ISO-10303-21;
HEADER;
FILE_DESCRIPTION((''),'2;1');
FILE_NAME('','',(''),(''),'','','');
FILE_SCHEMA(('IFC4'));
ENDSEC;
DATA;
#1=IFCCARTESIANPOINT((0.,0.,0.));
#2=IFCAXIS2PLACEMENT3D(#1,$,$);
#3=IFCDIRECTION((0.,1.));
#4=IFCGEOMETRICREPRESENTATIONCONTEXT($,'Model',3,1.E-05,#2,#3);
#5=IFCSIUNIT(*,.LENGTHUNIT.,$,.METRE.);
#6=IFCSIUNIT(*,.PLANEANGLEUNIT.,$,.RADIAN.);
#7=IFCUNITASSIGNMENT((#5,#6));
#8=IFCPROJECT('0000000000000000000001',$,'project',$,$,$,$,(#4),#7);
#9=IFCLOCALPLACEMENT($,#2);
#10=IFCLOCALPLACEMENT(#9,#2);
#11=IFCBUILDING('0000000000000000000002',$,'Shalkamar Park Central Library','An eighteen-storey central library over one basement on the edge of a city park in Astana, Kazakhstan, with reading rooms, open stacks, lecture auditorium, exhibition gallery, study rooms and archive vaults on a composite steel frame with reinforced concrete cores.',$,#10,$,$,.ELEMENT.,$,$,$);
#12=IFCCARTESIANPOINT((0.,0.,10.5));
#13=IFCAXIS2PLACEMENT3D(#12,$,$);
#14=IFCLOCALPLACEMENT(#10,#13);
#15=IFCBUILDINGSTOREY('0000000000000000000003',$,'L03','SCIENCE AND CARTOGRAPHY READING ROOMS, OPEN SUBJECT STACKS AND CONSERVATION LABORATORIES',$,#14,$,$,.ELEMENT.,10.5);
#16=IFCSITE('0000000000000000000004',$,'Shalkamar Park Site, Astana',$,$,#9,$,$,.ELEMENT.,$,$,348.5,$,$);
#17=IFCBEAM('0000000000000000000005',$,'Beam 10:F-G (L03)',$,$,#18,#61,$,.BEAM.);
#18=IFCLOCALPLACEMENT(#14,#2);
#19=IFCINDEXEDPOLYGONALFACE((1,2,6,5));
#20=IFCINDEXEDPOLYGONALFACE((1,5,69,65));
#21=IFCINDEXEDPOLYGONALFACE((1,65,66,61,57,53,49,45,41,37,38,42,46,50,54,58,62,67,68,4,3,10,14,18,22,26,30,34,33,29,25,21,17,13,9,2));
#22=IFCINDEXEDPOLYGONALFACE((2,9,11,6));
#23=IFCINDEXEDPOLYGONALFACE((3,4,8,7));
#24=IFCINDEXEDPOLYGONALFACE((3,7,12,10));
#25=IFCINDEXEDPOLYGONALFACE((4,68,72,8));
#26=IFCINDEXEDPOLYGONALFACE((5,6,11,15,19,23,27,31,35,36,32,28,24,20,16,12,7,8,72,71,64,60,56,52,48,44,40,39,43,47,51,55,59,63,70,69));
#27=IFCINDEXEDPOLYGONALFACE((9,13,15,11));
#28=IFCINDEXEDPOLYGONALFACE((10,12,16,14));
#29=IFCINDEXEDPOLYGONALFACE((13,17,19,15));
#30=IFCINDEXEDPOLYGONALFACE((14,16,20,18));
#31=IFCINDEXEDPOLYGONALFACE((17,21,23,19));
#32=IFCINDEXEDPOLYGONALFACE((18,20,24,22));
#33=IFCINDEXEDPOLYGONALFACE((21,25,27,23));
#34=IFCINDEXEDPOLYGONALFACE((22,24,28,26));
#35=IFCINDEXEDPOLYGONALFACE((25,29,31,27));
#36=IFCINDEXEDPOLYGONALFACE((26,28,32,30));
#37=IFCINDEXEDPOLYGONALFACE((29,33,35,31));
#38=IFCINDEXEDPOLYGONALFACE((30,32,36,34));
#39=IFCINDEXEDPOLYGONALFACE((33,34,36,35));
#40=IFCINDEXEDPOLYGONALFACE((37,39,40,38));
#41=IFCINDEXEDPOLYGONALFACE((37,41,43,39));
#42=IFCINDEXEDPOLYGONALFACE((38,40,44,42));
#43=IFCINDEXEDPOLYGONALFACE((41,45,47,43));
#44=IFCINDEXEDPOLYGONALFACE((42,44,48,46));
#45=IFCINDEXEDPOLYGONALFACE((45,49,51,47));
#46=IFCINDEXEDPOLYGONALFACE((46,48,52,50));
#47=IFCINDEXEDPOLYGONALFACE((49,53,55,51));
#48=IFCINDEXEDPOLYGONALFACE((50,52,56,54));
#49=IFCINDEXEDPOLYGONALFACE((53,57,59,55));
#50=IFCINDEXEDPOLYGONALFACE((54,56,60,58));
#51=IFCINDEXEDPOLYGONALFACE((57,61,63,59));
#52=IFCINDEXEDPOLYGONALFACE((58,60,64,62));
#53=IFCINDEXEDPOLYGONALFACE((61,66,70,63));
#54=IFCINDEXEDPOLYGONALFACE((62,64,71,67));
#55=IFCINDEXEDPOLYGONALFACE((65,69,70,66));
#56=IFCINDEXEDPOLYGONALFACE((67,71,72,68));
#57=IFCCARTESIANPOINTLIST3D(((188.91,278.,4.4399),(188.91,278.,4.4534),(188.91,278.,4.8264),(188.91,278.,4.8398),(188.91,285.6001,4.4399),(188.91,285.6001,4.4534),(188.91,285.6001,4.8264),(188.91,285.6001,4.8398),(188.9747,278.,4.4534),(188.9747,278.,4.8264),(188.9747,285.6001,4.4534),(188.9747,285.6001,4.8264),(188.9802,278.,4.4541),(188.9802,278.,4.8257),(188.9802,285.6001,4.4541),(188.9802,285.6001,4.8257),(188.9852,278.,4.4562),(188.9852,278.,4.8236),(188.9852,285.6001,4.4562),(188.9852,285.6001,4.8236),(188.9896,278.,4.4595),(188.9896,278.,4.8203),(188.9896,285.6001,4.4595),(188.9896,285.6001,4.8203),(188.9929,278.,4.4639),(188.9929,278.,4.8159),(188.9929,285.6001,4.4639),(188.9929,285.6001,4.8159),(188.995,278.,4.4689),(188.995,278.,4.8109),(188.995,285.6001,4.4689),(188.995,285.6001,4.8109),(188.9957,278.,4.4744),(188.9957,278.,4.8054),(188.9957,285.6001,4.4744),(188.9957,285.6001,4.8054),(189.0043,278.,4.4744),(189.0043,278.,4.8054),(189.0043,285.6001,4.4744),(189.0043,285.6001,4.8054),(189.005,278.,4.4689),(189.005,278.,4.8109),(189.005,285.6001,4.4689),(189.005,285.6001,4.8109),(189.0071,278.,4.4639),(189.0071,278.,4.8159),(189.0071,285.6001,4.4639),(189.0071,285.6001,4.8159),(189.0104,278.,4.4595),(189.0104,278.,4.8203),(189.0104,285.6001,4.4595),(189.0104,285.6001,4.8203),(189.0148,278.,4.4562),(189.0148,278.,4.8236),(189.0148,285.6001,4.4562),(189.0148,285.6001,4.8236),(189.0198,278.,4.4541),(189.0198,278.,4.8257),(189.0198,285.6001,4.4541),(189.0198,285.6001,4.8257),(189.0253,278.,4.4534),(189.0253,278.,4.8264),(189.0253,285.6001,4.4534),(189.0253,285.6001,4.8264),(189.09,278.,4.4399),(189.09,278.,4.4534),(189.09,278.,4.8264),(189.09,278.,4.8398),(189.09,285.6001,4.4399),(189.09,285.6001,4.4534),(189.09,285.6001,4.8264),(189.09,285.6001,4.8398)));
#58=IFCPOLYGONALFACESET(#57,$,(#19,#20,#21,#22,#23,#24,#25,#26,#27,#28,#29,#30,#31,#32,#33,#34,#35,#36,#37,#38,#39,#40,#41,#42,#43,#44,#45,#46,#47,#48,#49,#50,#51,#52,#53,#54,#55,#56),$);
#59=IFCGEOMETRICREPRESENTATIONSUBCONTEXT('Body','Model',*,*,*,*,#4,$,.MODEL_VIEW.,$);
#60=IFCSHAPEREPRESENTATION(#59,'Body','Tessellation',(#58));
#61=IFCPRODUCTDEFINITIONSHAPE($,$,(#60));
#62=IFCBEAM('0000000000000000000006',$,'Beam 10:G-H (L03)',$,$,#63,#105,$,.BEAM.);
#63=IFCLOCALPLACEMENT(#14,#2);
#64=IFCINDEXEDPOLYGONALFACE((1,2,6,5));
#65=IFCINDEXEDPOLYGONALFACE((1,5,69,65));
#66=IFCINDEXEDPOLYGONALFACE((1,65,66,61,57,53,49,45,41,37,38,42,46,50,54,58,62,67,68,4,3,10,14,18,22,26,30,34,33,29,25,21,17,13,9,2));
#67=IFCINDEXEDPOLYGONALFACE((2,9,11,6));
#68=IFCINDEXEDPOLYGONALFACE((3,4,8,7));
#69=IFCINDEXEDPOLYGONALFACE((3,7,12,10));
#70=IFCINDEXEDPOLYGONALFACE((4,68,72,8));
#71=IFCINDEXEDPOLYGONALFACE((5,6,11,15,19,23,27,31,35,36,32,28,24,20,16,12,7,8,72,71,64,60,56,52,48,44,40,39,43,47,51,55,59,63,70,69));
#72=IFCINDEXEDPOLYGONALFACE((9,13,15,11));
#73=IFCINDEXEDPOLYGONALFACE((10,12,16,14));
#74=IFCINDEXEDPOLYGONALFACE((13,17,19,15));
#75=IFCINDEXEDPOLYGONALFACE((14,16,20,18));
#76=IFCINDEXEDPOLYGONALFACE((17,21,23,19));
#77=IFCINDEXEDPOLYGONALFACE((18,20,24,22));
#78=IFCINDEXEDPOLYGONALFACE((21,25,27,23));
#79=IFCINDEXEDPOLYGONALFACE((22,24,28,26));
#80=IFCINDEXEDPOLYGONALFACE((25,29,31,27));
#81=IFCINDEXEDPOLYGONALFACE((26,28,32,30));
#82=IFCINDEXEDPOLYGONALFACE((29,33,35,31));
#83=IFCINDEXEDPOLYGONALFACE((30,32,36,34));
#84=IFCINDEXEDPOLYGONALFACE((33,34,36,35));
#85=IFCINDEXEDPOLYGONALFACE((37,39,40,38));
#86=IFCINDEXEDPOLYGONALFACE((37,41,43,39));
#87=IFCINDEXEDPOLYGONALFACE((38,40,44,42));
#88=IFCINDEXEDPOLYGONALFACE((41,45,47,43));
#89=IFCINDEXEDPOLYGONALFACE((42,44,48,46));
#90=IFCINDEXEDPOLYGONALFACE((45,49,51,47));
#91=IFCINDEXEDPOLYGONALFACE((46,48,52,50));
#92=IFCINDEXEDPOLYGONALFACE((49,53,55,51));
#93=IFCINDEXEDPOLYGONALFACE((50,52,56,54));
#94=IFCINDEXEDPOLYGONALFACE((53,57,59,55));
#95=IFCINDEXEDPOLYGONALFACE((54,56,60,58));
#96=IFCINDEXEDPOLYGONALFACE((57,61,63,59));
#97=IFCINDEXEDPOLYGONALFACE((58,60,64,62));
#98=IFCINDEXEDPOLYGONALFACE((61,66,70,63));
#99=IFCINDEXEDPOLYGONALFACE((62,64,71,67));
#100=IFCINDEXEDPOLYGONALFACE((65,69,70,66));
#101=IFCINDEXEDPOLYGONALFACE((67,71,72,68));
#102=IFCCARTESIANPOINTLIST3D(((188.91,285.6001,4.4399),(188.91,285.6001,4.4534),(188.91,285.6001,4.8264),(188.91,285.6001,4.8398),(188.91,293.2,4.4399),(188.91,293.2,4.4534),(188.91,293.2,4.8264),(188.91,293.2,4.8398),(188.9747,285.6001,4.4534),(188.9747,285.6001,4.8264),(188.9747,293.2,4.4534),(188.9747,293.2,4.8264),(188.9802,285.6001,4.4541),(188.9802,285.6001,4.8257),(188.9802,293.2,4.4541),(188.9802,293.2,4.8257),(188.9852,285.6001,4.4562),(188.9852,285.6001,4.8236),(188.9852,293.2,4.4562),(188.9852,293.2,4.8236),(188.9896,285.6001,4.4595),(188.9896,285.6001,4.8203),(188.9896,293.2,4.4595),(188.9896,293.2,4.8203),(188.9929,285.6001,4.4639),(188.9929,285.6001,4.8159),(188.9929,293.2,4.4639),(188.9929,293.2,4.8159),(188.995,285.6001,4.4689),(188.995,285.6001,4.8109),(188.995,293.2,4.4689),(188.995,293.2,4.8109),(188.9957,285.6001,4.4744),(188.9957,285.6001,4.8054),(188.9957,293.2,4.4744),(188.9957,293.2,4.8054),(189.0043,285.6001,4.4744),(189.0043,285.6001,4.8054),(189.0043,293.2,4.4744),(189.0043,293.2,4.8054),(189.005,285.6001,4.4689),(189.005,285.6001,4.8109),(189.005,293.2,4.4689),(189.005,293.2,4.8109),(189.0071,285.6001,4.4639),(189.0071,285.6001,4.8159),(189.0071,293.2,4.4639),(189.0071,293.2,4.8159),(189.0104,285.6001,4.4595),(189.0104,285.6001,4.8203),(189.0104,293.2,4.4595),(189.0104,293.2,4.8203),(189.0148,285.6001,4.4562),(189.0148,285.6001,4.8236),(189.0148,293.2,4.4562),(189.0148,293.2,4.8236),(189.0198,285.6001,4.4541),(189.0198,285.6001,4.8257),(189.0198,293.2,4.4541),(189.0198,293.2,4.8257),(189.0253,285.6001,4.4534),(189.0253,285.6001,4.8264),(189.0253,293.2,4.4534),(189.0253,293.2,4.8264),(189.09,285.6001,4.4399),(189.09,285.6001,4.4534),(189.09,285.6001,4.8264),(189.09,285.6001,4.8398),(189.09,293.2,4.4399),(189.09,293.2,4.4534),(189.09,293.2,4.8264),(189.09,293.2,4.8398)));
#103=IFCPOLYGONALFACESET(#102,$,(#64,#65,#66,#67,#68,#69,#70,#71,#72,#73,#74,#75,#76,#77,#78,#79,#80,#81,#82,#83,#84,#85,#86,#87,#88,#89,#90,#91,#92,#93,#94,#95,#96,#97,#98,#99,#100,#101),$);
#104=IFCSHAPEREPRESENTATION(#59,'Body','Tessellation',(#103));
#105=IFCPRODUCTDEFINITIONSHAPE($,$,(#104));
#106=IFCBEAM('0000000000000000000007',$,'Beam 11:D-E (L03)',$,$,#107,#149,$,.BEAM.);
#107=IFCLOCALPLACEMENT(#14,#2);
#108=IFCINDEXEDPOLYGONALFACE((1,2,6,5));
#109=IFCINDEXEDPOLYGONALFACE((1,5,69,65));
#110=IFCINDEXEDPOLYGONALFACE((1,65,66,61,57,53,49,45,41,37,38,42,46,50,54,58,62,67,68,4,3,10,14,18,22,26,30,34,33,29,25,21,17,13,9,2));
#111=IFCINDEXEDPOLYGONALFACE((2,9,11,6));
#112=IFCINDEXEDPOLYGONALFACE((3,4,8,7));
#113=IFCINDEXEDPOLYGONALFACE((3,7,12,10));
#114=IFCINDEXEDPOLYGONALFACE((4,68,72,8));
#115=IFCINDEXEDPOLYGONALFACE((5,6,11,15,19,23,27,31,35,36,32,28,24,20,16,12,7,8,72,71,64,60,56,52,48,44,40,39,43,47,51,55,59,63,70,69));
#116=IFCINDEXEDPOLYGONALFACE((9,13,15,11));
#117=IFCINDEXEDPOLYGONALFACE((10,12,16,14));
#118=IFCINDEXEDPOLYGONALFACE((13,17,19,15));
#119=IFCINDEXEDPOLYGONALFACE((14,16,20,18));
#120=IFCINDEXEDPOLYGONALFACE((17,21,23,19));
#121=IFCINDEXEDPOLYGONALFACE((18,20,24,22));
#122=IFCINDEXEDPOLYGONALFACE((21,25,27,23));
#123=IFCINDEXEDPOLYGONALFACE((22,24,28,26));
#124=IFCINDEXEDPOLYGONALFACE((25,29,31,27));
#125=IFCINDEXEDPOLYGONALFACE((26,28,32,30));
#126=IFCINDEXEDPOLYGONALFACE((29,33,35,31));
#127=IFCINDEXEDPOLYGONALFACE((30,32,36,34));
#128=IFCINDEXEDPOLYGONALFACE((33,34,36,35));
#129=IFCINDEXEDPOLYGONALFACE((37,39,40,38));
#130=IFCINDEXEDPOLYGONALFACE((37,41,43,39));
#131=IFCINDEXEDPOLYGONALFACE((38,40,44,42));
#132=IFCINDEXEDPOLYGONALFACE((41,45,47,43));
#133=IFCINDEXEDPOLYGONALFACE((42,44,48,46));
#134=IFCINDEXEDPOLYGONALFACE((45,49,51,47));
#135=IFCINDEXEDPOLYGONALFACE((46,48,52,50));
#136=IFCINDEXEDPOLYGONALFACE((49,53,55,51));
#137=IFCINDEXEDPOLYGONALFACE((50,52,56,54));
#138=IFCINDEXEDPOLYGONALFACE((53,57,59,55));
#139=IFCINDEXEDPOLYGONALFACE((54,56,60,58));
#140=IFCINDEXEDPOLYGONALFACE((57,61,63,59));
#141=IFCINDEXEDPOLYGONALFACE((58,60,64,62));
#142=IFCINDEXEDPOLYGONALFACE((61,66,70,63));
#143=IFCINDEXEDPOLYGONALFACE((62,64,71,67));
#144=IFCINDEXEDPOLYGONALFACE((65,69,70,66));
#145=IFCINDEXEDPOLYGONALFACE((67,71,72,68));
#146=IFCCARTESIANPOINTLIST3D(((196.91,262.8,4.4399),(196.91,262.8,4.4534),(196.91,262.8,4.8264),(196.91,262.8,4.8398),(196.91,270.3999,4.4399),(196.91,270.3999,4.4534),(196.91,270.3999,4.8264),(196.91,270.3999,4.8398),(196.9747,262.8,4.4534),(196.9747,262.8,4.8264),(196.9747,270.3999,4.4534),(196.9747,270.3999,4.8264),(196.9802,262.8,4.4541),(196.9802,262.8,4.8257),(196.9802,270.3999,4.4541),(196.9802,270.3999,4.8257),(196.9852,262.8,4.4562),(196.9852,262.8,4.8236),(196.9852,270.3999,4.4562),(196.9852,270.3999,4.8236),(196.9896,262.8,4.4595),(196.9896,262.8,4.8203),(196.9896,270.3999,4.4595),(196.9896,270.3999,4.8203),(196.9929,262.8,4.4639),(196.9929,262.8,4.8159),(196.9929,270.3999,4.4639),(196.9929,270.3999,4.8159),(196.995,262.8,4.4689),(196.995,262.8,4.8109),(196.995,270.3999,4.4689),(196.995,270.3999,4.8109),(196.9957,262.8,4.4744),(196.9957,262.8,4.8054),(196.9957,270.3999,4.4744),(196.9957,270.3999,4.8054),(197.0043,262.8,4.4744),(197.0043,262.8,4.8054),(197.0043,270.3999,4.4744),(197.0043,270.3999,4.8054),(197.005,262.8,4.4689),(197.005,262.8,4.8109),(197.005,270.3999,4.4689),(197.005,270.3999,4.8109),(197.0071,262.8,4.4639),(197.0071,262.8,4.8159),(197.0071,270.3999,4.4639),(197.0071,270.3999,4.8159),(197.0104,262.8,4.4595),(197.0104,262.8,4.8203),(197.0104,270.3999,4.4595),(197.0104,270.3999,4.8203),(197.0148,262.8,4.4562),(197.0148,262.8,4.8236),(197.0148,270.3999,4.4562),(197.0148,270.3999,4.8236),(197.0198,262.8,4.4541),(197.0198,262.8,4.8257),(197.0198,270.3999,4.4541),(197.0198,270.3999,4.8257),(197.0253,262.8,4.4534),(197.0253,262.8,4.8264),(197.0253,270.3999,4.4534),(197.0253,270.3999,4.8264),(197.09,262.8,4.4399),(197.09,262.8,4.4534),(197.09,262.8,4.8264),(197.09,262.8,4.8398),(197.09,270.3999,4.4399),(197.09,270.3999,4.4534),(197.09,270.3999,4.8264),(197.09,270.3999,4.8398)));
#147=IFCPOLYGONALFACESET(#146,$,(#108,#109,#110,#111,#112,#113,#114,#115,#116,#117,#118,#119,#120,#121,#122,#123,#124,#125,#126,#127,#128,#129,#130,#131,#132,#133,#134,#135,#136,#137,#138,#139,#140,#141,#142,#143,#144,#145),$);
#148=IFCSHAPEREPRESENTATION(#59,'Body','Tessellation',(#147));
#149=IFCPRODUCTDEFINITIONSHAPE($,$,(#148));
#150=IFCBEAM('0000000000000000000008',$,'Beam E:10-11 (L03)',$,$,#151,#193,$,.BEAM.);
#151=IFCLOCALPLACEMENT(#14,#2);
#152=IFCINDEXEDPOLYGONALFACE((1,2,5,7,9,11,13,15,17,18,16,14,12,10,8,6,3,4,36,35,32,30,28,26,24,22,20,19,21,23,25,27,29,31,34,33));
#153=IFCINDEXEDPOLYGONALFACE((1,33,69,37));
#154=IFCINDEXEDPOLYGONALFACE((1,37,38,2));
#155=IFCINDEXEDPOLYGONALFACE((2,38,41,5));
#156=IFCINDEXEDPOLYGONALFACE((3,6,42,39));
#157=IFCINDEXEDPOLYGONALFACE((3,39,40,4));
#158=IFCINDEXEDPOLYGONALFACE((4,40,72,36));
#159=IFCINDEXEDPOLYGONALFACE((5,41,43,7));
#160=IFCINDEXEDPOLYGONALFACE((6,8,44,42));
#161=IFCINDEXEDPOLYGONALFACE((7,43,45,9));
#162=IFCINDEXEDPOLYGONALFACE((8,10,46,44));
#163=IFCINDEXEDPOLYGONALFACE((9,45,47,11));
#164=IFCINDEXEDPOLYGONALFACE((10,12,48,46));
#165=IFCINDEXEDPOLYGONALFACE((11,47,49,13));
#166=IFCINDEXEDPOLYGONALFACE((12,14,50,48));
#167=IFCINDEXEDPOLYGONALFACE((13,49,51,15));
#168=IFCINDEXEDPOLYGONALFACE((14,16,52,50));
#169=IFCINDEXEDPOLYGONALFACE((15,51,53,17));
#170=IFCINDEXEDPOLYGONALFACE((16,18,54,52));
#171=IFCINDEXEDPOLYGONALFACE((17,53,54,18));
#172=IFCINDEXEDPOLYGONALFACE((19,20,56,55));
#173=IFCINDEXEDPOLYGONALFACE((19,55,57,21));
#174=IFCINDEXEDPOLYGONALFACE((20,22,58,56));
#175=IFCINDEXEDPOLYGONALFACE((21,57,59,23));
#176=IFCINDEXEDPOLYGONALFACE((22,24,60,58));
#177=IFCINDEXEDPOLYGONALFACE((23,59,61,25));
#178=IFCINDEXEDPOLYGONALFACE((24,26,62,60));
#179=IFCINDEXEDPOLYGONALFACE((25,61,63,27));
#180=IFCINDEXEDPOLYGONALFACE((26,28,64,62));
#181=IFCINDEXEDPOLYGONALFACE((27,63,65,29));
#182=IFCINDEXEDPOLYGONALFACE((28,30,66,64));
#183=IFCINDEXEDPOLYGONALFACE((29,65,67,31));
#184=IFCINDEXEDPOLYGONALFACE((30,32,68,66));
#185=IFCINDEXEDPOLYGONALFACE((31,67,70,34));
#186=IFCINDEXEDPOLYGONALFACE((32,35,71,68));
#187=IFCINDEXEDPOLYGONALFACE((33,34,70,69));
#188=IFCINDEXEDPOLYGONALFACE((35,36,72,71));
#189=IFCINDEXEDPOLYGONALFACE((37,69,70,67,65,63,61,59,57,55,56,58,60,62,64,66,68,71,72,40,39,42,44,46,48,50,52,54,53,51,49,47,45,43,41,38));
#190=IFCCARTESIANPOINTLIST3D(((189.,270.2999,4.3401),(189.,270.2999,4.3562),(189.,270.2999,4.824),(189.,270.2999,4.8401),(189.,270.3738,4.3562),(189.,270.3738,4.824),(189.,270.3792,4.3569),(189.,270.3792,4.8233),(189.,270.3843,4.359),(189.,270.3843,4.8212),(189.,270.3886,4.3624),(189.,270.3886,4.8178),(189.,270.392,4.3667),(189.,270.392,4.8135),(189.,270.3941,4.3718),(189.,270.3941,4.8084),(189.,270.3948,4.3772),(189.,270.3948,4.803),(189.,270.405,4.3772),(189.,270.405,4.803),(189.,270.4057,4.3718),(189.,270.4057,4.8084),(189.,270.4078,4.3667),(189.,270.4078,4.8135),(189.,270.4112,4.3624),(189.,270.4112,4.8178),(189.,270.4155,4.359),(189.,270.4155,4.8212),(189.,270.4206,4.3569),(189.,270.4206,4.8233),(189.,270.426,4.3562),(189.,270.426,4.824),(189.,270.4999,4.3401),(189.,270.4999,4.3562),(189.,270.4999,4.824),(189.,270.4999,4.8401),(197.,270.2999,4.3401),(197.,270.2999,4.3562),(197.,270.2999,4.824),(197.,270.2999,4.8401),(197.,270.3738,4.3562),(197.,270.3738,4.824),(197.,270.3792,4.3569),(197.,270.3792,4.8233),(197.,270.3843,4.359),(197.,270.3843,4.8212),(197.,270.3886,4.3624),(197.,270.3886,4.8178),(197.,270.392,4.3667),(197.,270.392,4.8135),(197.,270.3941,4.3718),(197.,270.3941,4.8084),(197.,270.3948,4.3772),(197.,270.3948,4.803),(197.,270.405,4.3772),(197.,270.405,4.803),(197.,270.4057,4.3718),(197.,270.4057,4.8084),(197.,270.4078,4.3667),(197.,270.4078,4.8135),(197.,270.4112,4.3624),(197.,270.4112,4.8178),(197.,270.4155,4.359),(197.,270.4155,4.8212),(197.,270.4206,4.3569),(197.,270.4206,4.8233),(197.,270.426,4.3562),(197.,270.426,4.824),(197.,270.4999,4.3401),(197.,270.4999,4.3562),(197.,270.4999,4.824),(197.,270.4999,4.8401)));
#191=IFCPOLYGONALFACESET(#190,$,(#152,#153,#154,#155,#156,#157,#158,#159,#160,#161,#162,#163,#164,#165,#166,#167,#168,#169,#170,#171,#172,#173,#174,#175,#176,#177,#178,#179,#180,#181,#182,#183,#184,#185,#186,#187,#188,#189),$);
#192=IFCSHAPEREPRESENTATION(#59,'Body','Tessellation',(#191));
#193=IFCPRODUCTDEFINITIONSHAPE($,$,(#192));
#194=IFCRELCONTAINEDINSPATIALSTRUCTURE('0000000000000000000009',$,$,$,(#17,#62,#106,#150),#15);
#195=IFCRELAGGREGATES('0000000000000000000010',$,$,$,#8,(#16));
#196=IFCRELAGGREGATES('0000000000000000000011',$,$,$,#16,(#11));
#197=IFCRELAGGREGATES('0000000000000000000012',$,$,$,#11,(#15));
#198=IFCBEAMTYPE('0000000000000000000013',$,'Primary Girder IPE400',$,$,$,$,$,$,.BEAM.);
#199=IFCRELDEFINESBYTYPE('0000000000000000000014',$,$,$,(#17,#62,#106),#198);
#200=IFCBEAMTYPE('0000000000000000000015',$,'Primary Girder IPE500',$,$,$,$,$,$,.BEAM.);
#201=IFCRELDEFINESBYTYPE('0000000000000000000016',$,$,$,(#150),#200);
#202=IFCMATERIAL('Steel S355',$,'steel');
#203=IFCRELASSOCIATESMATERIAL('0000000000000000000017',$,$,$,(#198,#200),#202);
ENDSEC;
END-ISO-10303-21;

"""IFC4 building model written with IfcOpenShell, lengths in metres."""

from ifc_helpers import new_model, si_unit, direction, frame, origin, origin_2d, place, context, subcontext, project, spatial, i_section, extrude, material, material_profile, profile_set, type_object, element, save


model = new_model("IFC4")

# Units and contexts
model_context = context("Model", 3, precision=1e-05, world=origin(), true_north=direction((0.0, 1.0)))
body_context = subcontext(model_context, "Body", "Model", "MODEL_VIEW")
ifc_project = project(units=[si_unit("LENGTHUNIT", "METRE"), si_unit("PLANEANGLEUNIT", "RADIAN")], contexts=[model_context])

# Site, building, storey
site_placement = place(None, origin())
site = spatial("IfcSite", under=ifc_project, at=site_placement, Name="Shalkamar Park Site, Astana", CompositionType="ELEMENT", RefElevation=348.5)
building_placement = place(site_placement, origin())
building = spatial("IfcBuilding", under=site, at=building_placement, Name="Shalkamar Park Central Library", Description="An eighteen-storey central library over one basement on the edge of a city park in Astana, Kazakhstan, with reading rooms, open stacks, lecture auditorium, exhibition gallery, study rooms and archive vaults on a composite steel frame with reinforced concrete cores.", CompositionType="ELEMENT")
storey_placement = place(building_placement, frame((0.0, 0.0, 10.5)))
storey = spatial("IfcBuildingStorey", under=building, at=storey_placement, Name="L03", Description="SCIENCE AND CARTOGRAPHY READING ROOMS, OPEN SUBJECT STACKS AND CONSERVATION LABORATORIES", CompositionType="ELEMENT", Elevation=10.5)

# Shared definitions
ifc_material = material(Name="Steel S355", Category="steel")

# Beams
ifc_material_profile_1 = material_profile(ifc_material, i_section(OverallWidth=0.1799, OverallDepth=0.3999, WebThickness=0.0085, FlangeThickness=0.0134, FilletRadius=0.021, at=origin_2d()), Name="IPE 400")
ifc_profile_set_1 = profile_set([ifc_material_profile_1], Name="Steel S355")
beam_type_1 = type_object("IfcBeamType", Name="Primary Girder IPE400", PredefinedType="BEAM", material=ifc_profile_set_1)
for number, where, z_axis, x_axis, name in (
    (1, (189.0, 278.0, 4.6399), (0.0, 1.0, 0.0), (-1.0, 0.0, 0.0), "Beam 10:F-G (L03)"),
):
    element("IfcBeam", number, at=place(storey_placement, frame(where, z_axis=z_axis, x_axis=x_axis)), inside=storey, type_object=beam_type_1, Name=name, PredefinedType="BEAM", context=body_context, shape_type="SweptSolid", body=[
        extrude(i_section(OverallWidth=0.1799, OverallDepth=0.3999, WebThickness=0.0085, FlangeThickness=0.0134, FilletRadius=0.021, at=origin_2d()), origin(), (0.0, 0.0, 1.0), 7.6001),
    ])
for number, where, z_axis, x_axis, name in (
    (2, (189.0, 285.6001, 4.6399), (0.0, 1.0, 0.0), (-1.0, 0.0, 0.0), "Beam 10:G-H (L03)"),
    (3, (197.0, 262.8, 4.6399), (0.0, 1.0, 0.0), (-1.0, 0.0, 0.0), "Beam 11:D-E (L03)"),
):
    element("IfcBeam", number, at=place(storey_placement, frame(where, z_axis=z_axis, x_axis=x_axis)), inside=storey, type_object=beam_type_1, Name=name, PredefinedType="BEAM", context=body_context, shape_type="SweptSolid", body=[
        extrude(i_section(OverallWidth=0.1799, OverallDepth=0.3999, WebThickness=0.0085, FlangeThickness=0.0134, FilletRadius=0.021, at=origin_2d()), origin(), (0.0, 0.0, 1.0), 7.5999),
    ])
ifc_material_profile_2 = material_profile(ifc_material, i_section(OverallWidth=0.2, OverallDepth=0.5, WebThickness=0.0103, FlangeThickness=0.0161, FilletRadius=0.021, at=origin_2d()), Name="IPE 500")
ifc_profile_set_2 = profile_set([ifc_material_profile_2], Name="Steel S355")
beam_type_2 = type_object("IfcBeamType", Name="Primary Girder IPE500", PredefinedType="BEAM", material=ifc_profile_set_2)
for number, where, z_axis, x_axis, name in (
    (4, (189.0, 270.3999, 4.5901), (1.0, 0.0, 0.0), (0.0, 1.0, 0.0), "Beam E:10-11 (L03)"),
):
    element("IfcBeam", number, at=place(storey_placement, frame(where, z_axis=z_axis, x_axis=x_axis)), inside=storey, type_object=beam_type_2, Name=name, PredefinedType="BEAM", context=body_context, shape_type="SweptSolid", body=[
        extrude(i_section(OverallWidth=0.2, OverallDepth=0.5, WebThickness=0.0103, FlangeThickness=0.0161, FilletRadius=0.021, at=origin_2d()), origin(), (0.0, 0.0, 1.0), 8.0),
    ])

save(model, "model.ifc")
